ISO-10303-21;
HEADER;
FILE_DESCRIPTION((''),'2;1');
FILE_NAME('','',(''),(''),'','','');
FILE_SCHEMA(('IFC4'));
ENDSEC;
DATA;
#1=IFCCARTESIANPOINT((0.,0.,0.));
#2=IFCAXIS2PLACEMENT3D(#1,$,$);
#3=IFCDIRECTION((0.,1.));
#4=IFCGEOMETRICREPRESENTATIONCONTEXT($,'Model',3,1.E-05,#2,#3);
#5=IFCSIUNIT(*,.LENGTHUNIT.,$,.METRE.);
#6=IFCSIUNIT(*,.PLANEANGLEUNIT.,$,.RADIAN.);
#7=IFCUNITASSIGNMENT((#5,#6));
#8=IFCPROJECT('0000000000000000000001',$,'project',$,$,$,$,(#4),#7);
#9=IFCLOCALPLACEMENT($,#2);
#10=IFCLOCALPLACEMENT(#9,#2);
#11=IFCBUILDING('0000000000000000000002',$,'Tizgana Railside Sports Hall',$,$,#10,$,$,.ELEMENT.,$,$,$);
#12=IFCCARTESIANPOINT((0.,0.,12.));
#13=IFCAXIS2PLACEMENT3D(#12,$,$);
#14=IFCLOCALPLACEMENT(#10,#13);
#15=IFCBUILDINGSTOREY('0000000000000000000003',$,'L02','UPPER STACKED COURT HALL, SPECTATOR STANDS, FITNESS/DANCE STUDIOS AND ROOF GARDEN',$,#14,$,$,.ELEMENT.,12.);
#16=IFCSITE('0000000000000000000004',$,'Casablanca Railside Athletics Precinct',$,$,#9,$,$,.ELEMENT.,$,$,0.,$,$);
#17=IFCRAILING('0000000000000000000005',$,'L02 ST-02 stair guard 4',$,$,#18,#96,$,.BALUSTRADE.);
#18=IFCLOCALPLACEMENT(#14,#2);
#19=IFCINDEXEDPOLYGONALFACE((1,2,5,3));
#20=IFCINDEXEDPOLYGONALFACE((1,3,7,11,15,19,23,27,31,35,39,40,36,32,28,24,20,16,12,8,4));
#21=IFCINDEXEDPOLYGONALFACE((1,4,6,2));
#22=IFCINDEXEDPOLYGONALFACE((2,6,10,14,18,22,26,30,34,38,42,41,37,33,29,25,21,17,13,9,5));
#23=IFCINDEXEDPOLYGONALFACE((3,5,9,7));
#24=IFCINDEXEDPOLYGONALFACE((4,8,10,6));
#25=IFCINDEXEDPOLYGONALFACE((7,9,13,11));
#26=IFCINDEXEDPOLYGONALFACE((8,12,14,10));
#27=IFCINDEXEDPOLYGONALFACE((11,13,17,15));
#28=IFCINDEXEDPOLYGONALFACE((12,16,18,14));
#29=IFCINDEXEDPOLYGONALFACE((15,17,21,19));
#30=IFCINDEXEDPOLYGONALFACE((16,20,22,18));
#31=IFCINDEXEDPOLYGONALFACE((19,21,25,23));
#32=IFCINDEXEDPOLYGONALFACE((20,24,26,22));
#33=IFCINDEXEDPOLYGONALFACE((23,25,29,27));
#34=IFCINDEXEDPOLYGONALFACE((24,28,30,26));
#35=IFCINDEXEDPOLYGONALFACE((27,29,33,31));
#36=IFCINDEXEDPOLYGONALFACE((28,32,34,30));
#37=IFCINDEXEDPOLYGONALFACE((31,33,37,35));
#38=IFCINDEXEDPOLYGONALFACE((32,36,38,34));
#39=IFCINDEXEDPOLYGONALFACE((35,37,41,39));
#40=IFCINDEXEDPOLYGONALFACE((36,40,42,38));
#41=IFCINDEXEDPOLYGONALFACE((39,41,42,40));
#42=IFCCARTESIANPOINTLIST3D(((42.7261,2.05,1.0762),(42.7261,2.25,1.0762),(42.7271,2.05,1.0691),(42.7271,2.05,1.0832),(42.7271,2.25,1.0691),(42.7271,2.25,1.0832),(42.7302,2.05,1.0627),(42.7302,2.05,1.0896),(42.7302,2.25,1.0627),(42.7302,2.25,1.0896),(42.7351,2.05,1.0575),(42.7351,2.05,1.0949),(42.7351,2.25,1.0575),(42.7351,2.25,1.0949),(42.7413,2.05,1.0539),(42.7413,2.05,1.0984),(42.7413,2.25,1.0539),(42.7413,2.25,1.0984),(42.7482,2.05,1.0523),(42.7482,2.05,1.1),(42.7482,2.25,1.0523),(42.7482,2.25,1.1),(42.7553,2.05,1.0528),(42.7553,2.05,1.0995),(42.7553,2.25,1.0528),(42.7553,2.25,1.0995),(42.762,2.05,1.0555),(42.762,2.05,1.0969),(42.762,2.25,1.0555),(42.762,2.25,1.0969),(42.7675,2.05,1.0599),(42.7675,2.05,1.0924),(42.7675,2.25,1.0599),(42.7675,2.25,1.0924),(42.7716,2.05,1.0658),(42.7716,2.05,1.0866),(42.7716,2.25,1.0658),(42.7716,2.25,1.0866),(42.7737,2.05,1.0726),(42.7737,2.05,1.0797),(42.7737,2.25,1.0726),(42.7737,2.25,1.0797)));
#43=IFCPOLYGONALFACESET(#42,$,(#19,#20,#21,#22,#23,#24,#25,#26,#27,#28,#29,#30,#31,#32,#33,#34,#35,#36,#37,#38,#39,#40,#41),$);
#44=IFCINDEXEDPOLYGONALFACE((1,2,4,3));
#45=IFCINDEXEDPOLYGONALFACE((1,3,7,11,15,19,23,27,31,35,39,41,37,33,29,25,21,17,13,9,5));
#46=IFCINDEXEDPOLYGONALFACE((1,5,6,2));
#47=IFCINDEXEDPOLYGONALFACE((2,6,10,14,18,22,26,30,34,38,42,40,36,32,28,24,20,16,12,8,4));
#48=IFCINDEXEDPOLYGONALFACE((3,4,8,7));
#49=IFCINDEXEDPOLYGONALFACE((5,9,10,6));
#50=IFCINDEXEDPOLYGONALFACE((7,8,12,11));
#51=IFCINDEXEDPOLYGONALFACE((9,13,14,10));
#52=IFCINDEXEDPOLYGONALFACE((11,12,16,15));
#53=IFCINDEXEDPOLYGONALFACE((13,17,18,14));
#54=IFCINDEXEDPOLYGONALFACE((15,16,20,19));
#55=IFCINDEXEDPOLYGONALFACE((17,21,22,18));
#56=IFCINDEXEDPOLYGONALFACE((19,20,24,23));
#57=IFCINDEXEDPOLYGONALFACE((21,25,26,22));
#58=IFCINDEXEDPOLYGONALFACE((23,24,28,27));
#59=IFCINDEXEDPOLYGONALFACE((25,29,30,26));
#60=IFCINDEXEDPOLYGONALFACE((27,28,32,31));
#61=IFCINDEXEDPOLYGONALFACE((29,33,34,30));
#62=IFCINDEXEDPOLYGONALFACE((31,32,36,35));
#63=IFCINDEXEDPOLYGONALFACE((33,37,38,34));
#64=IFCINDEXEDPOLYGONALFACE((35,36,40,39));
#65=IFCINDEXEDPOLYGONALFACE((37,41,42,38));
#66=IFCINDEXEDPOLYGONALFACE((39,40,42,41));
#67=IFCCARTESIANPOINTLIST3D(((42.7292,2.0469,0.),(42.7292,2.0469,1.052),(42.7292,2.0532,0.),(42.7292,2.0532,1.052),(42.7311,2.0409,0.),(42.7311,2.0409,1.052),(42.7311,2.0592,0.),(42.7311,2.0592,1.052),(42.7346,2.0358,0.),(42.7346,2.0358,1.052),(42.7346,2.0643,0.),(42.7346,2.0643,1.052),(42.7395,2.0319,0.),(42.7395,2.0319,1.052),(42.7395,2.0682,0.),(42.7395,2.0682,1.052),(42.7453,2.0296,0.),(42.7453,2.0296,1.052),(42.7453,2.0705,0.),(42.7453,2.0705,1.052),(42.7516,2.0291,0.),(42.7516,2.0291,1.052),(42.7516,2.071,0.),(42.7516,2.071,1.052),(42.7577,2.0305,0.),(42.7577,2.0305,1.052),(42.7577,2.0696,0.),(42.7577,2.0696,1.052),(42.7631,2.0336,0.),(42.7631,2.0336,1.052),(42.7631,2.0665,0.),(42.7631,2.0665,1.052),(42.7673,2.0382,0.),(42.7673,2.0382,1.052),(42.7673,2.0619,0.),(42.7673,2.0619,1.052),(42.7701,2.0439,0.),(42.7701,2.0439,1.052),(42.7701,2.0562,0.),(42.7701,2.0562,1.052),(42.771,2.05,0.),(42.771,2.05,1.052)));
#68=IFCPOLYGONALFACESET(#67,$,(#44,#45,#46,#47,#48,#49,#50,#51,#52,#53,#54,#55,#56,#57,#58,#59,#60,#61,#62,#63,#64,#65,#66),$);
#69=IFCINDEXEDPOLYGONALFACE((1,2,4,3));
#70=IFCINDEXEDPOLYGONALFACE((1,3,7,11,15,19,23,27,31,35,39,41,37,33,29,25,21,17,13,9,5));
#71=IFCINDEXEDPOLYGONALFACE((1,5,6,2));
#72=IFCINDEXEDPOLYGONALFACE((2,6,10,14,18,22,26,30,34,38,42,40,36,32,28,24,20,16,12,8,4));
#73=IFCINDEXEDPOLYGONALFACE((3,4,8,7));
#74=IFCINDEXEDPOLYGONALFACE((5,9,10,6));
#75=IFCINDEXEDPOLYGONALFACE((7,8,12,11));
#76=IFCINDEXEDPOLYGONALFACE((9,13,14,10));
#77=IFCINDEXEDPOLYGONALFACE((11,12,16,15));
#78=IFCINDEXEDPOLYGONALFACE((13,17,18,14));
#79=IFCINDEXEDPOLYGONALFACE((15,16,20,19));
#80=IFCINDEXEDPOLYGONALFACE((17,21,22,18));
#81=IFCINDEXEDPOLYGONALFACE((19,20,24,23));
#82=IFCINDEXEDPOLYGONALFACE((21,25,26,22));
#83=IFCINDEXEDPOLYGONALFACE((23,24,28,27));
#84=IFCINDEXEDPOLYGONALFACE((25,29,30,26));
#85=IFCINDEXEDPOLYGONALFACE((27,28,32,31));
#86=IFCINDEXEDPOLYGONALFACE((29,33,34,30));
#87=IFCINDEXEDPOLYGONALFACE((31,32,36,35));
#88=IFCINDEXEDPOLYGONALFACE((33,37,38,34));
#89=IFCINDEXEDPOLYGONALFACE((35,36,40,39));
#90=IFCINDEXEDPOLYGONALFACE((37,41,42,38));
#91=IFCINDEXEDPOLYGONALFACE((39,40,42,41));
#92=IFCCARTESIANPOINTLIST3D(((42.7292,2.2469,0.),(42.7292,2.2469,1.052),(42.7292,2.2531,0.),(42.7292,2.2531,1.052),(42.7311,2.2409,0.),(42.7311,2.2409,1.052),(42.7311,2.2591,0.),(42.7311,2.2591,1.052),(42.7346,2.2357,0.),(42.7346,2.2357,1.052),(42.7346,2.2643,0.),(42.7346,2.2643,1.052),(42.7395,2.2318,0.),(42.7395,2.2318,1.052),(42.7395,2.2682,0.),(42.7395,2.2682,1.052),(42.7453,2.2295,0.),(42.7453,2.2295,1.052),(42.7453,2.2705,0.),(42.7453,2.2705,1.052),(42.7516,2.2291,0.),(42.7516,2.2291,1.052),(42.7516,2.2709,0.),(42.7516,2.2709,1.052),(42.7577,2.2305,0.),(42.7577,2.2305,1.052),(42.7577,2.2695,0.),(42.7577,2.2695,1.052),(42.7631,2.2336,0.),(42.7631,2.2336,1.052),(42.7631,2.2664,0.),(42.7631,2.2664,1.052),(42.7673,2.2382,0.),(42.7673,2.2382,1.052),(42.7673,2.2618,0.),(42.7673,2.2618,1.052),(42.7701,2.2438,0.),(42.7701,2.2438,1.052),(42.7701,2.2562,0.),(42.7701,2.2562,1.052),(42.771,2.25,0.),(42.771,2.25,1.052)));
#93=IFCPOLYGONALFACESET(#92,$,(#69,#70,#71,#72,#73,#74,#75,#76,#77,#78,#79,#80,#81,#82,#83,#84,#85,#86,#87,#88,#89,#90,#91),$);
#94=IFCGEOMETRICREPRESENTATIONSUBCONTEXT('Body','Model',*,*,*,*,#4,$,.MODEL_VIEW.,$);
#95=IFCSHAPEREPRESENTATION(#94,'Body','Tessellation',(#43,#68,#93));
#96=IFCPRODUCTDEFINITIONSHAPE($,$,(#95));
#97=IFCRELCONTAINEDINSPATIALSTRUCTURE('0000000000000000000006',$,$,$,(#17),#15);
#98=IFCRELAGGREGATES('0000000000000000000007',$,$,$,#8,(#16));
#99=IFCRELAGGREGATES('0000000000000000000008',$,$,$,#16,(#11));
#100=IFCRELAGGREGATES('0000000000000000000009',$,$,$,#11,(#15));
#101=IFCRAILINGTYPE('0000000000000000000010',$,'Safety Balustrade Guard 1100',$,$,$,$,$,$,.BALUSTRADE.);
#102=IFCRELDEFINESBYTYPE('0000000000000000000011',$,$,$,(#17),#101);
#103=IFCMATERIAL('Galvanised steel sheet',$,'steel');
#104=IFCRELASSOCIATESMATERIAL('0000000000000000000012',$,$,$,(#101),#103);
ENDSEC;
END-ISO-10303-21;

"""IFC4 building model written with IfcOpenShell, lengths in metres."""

from ifc_helpers import new_model, si_unit, direction, frame, origin, origin_2d, place, context, subcontext, project, spatial, circle, extrude, material, type_object, element, save


model = new_model("IFC4")

# Units and contexts
model_context = context("Model", 3, precision=1e-05, world=origin(), true_north=direction((0.0, 1.0)))
body_context = subcontext(model_context, "Body", "Model", "MODEL_VIEW")
ifc_project = project(units=[si_unit("LENGTHUNIT", "METRE"), si_unit("PLANEANGLEUNIT", "RADIAN")], contexts=[model_context])

# Site, building, storey
site_placement = place(None, origin())
site = spatial("IfcSite", under=ifc_project, at=site_placement, Name="Casablanca Railside Athletics Precinct", CompositionType="ELEMENT", RefElevation=0.0)
building_placement = place(site_placement, origin())
building = spatial("IfcBuilding", under=site, at=building_placement, Name="Tizgana Railside Sports Hall", CompositionType="ELEMENT")
storey_placement = place(building_placement, frame((0.0, 0.0, 12.0)))
storey = spatial("IfcBuildingStorey", under=building, at=storey_placement, Name="L02", Description="UPPER STACKED COURT HALL, SPECTATOR STANDS, FITNESS/DANCE STUDIOS AND ROOF GARDEN", CompositionType="ELEMENT", Elevation=12.0)

# Railing
ifc_material_1 = material(Name="Galvanised steel sheet", Category="steel")
railing_type_1 = type_object("IfcRailingType", Name="Safety Balustrade Guard 1100", PredefinedType="BALUSTRADE", material=ifc_material_1)
railing_1_placement = place(storey_placement, frame((42.75, 2.05, 0.0)))
element("IfcRailing", 1, at=railing_1_placement, inside=storey, type_object=railing_type_1, Name="L02 ST-02 stair guard 4", PredefinedType="BALUSTRADE", context=body_context, shape_type="SweptSolid", body=[
    extrude(circle(Radius=0.0239, at=origin_2d()), frame((0.0, 0.0, 1.0762), z_axis=(0.0, 1.0, 0.0), x_axis=(-1.0, 0.0, 0.0)), (0.0, 0.0, 1.0), 0.2),
    extrude(circle(Radius=0.021, at=origin_2d()), origin(), (0.0, 0.0, 1.0), 1.052),
    extrude(circle(Radius=0.021, at=origin_2d()), frame((0.0, 0.2, 0.0)), (0.0, 0.0, 1.0), 1.052),
])

save(model, "model.ifc")
